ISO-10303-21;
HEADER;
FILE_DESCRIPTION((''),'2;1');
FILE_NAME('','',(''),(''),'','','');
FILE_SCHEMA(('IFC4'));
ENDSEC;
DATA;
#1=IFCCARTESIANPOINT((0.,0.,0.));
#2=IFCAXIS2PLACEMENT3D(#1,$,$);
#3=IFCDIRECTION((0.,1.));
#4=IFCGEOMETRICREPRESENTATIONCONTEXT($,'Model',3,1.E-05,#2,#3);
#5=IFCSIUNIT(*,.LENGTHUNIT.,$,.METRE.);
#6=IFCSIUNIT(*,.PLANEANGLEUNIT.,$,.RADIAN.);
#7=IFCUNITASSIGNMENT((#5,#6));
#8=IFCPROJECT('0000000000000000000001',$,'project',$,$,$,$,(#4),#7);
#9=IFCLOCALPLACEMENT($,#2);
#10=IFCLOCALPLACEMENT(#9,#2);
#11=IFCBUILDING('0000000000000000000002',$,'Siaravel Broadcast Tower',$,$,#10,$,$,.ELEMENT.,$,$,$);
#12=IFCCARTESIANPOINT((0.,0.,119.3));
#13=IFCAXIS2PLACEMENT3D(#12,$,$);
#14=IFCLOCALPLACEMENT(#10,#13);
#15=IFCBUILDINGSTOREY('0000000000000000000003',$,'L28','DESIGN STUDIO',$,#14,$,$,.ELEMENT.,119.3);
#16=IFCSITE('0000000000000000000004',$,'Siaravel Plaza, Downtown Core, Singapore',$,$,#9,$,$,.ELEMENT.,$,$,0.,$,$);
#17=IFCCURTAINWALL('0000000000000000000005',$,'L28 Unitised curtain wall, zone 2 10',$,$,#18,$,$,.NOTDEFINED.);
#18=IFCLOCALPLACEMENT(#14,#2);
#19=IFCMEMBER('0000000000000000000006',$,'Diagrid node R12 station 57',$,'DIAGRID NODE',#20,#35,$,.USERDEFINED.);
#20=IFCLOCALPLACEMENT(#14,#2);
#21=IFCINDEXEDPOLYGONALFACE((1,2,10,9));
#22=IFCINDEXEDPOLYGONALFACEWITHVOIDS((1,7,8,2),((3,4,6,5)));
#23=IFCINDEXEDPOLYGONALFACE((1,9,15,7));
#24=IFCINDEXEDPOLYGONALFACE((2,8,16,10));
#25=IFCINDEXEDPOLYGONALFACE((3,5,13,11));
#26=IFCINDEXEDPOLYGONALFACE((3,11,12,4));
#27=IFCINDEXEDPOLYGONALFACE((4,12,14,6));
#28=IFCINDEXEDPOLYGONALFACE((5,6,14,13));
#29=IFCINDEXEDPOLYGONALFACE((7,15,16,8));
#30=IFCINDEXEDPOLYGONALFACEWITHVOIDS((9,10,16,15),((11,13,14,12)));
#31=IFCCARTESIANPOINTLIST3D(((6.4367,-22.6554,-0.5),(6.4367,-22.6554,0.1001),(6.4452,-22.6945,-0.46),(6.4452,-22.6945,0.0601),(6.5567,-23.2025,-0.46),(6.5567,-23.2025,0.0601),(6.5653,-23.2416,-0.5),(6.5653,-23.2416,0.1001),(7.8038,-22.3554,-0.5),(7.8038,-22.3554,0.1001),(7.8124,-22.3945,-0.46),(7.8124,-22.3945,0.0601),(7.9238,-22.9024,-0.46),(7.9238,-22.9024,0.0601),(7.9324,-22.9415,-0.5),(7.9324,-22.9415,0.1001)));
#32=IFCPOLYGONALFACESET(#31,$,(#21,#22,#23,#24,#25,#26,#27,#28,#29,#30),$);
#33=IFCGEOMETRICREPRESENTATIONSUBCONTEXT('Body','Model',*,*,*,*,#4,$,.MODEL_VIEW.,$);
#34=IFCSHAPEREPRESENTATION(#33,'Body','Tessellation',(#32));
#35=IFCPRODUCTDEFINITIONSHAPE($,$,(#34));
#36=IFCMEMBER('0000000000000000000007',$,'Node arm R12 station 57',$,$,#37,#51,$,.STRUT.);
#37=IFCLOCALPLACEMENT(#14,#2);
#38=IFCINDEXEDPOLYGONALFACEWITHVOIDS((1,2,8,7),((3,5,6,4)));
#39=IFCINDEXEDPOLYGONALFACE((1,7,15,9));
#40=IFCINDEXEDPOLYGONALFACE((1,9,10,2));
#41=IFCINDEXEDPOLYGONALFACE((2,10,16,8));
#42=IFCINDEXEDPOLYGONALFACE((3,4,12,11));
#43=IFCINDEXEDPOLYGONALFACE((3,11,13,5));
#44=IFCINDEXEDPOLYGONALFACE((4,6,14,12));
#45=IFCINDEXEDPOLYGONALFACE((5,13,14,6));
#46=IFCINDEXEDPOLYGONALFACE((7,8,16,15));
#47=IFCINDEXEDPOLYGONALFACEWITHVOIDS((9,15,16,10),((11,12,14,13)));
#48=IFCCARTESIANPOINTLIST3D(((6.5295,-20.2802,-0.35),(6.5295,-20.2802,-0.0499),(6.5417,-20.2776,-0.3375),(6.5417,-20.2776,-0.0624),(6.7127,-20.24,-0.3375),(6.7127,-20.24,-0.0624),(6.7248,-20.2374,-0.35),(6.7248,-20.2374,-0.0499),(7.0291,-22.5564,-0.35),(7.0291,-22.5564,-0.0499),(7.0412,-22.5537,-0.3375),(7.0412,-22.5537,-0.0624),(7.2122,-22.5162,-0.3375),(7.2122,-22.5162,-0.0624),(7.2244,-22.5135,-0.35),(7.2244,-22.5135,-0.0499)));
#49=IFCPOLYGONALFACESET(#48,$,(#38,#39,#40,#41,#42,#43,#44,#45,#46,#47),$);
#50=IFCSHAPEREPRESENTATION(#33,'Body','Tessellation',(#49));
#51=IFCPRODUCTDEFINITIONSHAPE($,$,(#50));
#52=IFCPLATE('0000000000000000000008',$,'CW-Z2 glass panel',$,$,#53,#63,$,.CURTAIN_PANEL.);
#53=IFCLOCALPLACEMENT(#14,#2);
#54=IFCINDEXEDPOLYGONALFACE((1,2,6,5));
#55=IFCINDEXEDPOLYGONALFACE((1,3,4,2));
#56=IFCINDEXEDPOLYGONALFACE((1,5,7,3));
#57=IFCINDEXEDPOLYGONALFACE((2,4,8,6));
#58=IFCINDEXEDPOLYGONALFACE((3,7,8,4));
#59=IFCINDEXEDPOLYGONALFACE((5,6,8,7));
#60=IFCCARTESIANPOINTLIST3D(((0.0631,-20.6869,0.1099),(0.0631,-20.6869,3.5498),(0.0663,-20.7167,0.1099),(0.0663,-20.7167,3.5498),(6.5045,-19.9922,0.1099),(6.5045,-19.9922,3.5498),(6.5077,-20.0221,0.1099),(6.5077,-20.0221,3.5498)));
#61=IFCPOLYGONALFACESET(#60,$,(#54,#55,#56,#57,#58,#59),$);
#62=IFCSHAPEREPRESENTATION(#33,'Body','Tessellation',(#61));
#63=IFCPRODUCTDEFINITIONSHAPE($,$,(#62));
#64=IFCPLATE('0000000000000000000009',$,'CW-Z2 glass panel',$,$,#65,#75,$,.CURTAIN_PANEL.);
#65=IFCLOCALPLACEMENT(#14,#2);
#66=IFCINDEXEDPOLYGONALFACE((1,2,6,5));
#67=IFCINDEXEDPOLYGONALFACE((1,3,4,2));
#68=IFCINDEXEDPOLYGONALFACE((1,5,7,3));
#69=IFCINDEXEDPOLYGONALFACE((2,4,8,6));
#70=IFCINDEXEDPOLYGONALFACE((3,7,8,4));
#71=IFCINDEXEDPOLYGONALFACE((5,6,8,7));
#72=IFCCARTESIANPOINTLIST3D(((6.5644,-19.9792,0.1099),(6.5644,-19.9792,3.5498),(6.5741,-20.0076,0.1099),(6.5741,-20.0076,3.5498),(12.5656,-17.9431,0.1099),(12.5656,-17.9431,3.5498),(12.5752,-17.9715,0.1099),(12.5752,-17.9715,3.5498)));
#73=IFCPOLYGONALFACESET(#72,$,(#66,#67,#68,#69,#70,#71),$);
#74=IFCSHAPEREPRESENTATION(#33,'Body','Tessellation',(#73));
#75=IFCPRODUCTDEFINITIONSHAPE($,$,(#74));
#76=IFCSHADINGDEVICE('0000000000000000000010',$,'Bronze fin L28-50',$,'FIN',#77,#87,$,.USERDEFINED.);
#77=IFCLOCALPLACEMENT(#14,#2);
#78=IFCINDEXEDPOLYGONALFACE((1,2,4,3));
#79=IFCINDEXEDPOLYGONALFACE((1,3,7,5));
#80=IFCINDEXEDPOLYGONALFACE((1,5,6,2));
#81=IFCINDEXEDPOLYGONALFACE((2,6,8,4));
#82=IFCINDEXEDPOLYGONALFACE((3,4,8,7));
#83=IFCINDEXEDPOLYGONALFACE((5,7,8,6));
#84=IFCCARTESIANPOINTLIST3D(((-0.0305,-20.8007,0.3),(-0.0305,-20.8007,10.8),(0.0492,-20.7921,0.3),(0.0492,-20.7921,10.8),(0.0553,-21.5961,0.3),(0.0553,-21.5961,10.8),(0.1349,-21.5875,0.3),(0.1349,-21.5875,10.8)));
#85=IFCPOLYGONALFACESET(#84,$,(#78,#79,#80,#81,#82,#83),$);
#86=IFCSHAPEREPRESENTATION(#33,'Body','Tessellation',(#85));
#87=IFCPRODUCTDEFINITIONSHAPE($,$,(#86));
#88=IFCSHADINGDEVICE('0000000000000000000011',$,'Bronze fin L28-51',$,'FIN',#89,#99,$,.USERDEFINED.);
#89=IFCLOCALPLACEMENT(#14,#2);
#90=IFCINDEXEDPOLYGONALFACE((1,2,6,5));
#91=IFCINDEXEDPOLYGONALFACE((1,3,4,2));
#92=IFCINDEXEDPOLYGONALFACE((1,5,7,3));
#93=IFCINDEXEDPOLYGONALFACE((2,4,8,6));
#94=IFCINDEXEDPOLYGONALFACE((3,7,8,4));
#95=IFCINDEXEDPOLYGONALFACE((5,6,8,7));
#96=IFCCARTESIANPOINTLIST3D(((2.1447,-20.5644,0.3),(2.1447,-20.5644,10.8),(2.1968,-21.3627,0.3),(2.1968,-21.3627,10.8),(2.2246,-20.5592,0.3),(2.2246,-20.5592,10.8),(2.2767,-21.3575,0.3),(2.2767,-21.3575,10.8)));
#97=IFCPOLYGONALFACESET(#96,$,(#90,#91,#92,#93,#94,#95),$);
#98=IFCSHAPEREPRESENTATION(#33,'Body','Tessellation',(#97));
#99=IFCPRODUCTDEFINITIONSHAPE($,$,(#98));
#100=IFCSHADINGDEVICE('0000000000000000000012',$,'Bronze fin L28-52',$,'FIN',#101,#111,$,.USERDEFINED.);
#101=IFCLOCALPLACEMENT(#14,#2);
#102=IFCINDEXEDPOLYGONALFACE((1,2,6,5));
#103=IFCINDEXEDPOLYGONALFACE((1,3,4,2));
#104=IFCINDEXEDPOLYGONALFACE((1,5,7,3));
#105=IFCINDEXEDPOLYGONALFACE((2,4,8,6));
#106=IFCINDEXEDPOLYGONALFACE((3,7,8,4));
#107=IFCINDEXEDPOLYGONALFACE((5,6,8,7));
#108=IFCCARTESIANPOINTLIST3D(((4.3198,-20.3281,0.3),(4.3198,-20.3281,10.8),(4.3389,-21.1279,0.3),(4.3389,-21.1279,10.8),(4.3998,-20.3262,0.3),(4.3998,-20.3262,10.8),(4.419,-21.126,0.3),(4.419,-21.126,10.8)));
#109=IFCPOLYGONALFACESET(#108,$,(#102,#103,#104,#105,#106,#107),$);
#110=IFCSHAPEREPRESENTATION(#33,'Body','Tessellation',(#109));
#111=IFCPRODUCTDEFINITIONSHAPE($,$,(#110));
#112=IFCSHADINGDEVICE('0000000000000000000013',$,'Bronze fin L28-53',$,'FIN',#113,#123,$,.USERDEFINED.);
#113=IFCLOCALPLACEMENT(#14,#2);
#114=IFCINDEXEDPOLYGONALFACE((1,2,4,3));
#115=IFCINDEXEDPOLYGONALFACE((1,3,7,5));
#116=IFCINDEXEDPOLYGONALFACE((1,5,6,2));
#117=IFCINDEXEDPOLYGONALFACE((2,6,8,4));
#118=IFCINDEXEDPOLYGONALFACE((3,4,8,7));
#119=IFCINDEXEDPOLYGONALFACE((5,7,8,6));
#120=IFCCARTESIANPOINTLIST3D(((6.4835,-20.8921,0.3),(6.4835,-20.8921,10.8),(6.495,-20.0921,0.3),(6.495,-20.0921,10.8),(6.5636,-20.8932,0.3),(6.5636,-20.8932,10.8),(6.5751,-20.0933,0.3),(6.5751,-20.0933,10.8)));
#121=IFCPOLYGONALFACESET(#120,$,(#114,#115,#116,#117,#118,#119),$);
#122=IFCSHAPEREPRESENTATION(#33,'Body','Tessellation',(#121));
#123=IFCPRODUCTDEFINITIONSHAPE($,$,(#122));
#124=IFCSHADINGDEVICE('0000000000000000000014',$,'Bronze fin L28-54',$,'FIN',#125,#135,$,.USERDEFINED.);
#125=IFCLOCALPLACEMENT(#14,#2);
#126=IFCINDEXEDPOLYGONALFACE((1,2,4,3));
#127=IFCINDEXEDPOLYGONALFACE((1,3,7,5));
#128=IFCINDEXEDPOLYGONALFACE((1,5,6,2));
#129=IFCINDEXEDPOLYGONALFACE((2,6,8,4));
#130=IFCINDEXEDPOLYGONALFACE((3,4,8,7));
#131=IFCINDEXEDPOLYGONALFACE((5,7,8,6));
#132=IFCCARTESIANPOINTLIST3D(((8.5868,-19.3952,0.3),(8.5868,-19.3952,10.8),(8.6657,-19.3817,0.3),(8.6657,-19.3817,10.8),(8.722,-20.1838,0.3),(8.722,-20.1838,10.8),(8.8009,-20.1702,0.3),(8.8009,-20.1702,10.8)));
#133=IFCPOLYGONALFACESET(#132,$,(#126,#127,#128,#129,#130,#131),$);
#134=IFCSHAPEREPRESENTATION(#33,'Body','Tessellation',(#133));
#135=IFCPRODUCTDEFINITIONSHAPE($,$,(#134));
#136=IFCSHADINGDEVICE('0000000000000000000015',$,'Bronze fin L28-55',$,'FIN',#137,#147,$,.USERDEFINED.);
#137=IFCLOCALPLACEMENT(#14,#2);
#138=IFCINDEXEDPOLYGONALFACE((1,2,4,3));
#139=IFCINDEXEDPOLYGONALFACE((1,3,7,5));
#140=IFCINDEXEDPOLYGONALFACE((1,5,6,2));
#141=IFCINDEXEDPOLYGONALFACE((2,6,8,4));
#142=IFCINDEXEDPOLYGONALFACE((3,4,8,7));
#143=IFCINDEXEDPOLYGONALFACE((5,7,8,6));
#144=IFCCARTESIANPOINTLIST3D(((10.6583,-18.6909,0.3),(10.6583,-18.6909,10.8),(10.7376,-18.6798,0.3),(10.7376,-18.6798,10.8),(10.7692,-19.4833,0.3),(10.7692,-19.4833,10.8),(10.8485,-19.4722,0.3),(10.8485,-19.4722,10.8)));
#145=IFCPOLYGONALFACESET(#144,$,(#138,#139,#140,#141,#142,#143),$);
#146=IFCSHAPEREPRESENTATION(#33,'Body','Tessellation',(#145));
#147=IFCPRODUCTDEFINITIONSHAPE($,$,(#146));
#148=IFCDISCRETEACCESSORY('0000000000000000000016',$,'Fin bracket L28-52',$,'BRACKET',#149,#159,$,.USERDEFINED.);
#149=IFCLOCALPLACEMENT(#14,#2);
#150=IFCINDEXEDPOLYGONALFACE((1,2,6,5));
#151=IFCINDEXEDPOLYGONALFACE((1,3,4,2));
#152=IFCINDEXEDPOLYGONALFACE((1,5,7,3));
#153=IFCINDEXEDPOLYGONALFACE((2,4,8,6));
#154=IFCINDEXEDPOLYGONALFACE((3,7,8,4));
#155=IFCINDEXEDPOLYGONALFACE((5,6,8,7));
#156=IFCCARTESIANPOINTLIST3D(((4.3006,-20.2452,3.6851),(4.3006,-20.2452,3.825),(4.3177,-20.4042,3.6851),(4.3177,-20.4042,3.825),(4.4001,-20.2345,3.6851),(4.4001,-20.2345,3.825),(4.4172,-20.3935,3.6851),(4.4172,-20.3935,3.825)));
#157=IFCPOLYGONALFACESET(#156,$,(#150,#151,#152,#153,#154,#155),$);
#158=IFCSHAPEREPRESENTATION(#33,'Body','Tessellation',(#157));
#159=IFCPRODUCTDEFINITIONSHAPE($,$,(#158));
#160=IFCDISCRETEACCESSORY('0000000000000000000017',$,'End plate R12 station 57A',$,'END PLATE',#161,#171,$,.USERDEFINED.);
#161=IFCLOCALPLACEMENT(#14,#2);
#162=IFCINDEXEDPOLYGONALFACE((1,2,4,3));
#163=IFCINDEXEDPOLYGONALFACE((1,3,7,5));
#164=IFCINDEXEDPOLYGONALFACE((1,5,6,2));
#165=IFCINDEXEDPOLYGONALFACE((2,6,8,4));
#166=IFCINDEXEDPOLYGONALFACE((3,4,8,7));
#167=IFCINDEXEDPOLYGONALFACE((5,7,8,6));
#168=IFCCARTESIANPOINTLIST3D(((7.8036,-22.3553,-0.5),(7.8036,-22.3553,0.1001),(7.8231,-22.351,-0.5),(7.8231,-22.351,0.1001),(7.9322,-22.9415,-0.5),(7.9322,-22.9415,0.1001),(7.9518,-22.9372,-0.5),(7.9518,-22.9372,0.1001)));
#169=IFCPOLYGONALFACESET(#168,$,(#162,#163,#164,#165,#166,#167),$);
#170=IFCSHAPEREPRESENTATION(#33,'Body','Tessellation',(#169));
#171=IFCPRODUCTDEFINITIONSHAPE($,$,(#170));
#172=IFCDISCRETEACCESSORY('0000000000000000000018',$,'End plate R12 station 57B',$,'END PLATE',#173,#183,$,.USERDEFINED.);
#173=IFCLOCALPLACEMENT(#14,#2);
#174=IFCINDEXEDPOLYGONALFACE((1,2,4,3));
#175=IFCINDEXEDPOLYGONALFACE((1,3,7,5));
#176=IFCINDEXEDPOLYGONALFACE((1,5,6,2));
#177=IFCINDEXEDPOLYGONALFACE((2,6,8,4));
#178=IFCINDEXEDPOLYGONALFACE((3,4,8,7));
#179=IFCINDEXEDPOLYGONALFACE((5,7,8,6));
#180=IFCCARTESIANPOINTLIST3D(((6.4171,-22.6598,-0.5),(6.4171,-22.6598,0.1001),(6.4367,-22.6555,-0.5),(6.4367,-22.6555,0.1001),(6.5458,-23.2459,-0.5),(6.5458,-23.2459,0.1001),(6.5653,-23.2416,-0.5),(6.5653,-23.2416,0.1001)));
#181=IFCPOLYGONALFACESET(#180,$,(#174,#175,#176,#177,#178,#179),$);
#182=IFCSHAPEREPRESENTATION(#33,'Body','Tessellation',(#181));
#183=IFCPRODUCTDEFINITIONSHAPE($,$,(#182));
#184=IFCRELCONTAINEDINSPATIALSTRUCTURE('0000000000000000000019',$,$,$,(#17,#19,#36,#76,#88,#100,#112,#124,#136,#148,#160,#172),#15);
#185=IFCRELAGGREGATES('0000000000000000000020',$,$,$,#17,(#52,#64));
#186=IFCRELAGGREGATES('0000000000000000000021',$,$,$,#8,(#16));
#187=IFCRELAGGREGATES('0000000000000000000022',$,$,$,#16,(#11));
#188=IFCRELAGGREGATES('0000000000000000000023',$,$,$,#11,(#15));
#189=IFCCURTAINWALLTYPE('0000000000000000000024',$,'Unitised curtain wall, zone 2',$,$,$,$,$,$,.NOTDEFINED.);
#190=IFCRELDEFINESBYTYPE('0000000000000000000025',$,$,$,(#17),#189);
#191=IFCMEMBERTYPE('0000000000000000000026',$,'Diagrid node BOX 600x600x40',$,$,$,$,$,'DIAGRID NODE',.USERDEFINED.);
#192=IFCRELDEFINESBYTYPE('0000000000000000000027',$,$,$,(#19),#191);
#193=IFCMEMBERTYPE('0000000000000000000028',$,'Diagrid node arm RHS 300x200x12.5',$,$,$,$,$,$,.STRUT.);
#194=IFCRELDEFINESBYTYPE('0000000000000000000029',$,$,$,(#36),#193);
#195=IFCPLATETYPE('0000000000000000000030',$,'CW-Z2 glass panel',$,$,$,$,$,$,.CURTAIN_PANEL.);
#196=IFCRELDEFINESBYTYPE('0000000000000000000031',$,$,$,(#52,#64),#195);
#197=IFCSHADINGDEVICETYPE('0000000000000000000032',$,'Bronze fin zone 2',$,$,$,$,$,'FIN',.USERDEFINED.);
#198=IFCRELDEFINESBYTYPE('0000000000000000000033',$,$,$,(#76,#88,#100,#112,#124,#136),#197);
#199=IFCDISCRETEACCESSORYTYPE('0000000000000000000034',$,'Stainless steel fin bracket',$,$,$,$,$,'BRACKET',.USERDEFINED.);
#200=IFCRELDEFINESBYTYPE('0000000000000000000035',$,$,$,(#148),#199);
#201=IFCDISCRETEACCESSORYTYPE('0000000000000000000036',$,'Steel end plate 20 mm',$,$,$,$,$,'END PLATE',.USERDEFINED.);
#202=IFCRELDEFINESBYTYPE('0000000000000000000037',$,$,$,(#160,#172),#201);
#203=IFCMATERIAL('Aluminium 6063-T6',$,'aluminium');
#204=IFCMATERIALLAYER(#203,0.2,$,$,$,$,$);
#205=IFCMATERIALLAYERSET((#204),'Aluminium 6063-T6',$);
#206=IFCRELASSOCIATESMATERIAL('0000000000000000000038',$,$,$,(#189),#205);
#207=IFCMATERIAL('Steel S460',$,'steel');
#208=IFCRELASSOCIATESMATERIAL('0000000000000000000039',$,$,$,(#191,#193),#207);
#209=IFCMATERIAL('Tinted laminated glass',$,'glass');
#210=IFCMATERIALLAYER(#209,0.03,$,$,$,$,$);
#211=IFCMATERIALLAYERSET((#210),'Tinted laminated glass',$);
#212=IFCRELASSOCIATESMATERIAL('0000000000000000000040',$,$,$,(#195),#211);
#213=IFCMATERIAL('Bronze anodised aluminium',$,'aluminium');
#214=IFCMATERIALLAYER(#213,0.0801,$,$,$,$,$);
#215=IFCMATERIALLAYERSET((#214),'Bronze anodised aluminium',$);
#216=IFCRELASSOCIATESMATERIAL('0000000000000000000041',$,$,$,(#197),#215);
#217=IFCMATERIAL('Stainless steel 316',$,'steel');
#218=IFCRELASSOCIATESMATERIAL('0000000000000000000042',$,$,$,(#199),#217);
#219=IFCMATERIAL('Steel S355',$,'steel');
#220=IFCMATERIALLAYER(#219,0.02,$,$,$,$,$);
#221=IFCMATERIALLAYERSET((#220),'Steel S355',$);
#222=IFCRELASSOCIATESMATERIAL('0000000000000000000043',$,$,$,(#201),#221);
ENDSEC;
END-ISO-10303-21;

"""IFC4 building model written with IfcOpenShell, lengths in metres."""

from ifc_helpers import new_model, si_unit, direction, frame, origin, origin_2d, place, context, subcontext, project, spatial, rectangle, hollow_rectangle, extrude, material, layer, layer_set, material_profile, profile_set, type_object, element, aggregate, save


model = new_model("IFC4")

# Units and contexts
model_context = context("Model", 3, precision=1e-05, world=origin(), true_north=direction((0.0, 1.0)))
body_context = subcontext(model_context, "Body", "Model", "MODEL_VIEW")
ifc_project = project(units=[si_unit("LENGTHUNIT", "METRE"), si_unit("PLANEANGLEUNIT", "RADIAN")], contexts=[model_context])

# Site, building, storey
site_placement = place(None, origin())
site = spatial("IfcSite", under=ifc_project, at=site_placement, Name="Siaravel Plaza, Downtown Core, Singapore", CompositionType="ELEMENT", RefElevation=0.0)
building_placement = place(site_placement, origin())
building = spatial("IfcBuilding", under=site, at=building_placement, Name="Siaravel Broadcast Tower", CompositionType="ELEMENT")
storey_placement = place(building_placement, frame((0.0, 0.0, 119.3)))
storey = spatial("IfcBuildingStorey", under=building, at=storey_placement, Name="L28", Description="DESIGN STUDIO", CompositionType="ELEMENT", Elevation=119.3)

# Shared definitions
ifc_material_1 = material(Name="Steel S355", Category="steel")

# Shared definitions
ifc_material_2 = material(Name="Aluminium 6063-T6", Category="aluminium")
ifc_layer_1 = layer(ifc_material_2, 0.2)
ifc_layer_set_1 = layer_set([ifc_layer_1], Name="Aluminium 6063-T6")
curtain_wall_type = type_object("IfcCurtainWallType", Name="Unitised curtain wall, zone 2", PredefinedType="NOTDEFINED", material=ifc_layer_set_1)

# Curtain wall
curtain_wall_1_placement = place(storey_placement, origin())
curtain_wall_1 = element("IfcCurtainWall", 1, at=curtain_wall_1_placement, inside=storey, type_object=curtain_wall_type, Name="L28 Unitised curtain wall, zone 2 10", PredefinedType="NOTDEFINED")

# Members
ifc_material_3 = material(Name="Steel S460", Category="steel")
ifc_material_profile_1 = material_profile(ifc_material_3, hollow_rectangle(XDim=0.6001, YDim=0.6001, WallThickness=0.04, at=origin_2d()))
ifc_profile_set_1 = profile_set([ifc_material_profile_1], Name="Steel S460")
member_type_1 = type_object("IfcMemberType", Name="Diagrid node BOX 600x600x40", ElementType="DIAGRID NODE", PredefinedType="USERDEFINED", material=ifc_profile_set_1)
member_1_placement = place(storey_placement, frame((6.501, -22.9485, -0.2), z_axis=(0.976754, 0.214363, 0.0), x_axis=(-0.214363, 0.976754, 0.0)))
element("IfcMember", 2, at=member_1_placement, inside=storey, type_object=member_type_1, Name="Diagrid node R12 station 57", ObjectType="DIAGRID NODE", PredefinedType="USERDEFINED", context=body_context, shape_type="SweptSolid", body=[
    extrude(hollow_rectangle(XDim=0.6001, YDim=0.6001, WallThickness=0.04, at=origin_2d()), origin(), (0.0, 0.0, 1.0), 1.3997),
])
ifc_material_profile_2 = material_profile(ifc_material_3, hollow_rectangle(XDim=0.2, YDim=0.3, WallThickness=0.0125, at=origin_2d()))
ifc_profile_set_2 = profile_set([ifc_material_profile_2], Name="Steel S460")
member_type_2 = type_object("IfcMemberType", Name="Diagrid node arm RHS 300x200x12.5", PredefinedType="STRUT", material=ifc_profile_set_2)
member_2_placement = place(storey_placement, frame((6.6272, -20.2588, -0.2), z_axis=(0.214356, -0.976756, 0.0), x_axis=(0.976756, 0.214356, 0.0)))
element("IfcMember", 3, at=member_2_placement, inside=storey, type_object=member_type_2, Name="Node arm R12 station 57", PredefinedType="STRUT", context=body_context, shape_type="SweptSolid", body=[
    extrude(hollow_rectangle(XDim=0.2, YDim=0.3, WallThickness=0.0125, at=origin_2d()), origin(), (0.0, 0.0, 1.0), 2.3303),
])

# Plates
ifc_material_4 = material(Name="Tinted laminated glass", Category="glass")
ifc_layer_2 = layer(ifc_material_4, 0.03)
ifc_layer_set_2 = layer_set([ifc_layer_2], Name="Tinted laminated glass")
plate_type = type_object("IfcPlateType", Name="CW-Z2 glass panel", PredefinedType="CURTAIN_PANEL", material=ifc_layer_set_2)
plate_1_placement = place(storey_placement, frame((3.2854, -20.3545, 0.1099), z_axis=(0.0, 0.0, 1.0), x_axis=(0.994236, 0.107217, 0.0)))
plate_1 = element("IfcPlate", 4, at=plate_1_placement, type_object=plate_type, Name="CW-Z2 glass panel", PredefinedType="CURTAIN_PANEL", context=body_context, shape_type="SweptSolid", body=[
    extrude(rectangle(XDim=6.4788, YDim=0.03, at=origin_2d()), origin(), (0.0, 0.0, 1.0), 3.4399),
])
plate_2_placement = place(storey_placement, frame((9.5698, -18.9753, 0.1099), z_axis=(0.0, 0.0, 1.0), x_axis=(0.946977, 0.321301, 0.0)))
plate_2 = element("IfcPlate", 5, at=plate_2_placement, type_object=plate_type, Name="CW-Z2 glass panel", PredefinedType="CURTAIN_PANEL", context=body_context, shape_type="SweptSolid", body=[
    extrude(rectangle(XDim=6.3372, YDim=0.03, at=origin_2d()), origin(), (0.0, 0.0, 1.0), 3.4399),
])
aggregate(curtain_wall_1, [plate_1, plate_2])

# Shading devices
ifc_material_5 = material(Name="Bronze anodised aluminium", Category="aluminium")
ifc_layer_3 = layer(ifc_material_5, 0.0801)
ifc_layer_set_3 = layer_set([ifc_layer_3], Name="Bronze anodised aluminium")
shading_device_type = type_object("IfcShadingDeviceType", Name="Bronze fin zone 2", ElementType="FIN", PredefinedType="USERDEFINED", material=ifc_layer_set_3)
for number, where, z_axis, x_axis, name in (
    (6, (0.0522, -21.1941, 0.3), (0.0, 0.0, 1.0), (0.107217, -0.994236, 0.0), "Bronze fin L28-50"),
    (7, (2.2107, -20.9609, 0.3), (0.0, 0.0, 1.0), (0.06517, -0.997874, 0.0), "Bronze fin L28-51"),
    (8, (4.3694, -20.7271, 0.3), (0.0, 0.0, 1.0), (0.02397, -0.999713, 0.0), "Bronze fin L28-52"),
    (9, (6.5293, -20.4927, 0.3), (0.0, 0.0, 1.0), (-0.014447, -0.999896, 0.0), "Bronze fin L28-53"),
    (10, (8.6938, -19.7827, 0.3), (0.0, 0.0, 1.0), (0.168949, -0.985625, 0.0), "Bronze fin L28-54"),
    (11, (10.7534, -19.0815, 0.3), (0.0, 0.0, 1.0), (0.138573, -0.990352, 0.0), "Bronze fin L28-55"),
):
    element("IfcShadingDevice", number, at=place(storey_placement, frame(where, z_axis=z_axis, x_axis=x_axis)), inside=storey, type_object=shading_device_type, Name=name, ObjectType="FIN", PredefinedType="USERDEFINED", context=body_context, shape_type="SweptSolid", body=[
        extrude(rectangle(XDim=0.8, YDim=0.0801, at=origin_2d()), origin(), (0.0, 0.0, 1.0), 10.5),
    ])

# Discrete accessories
ifc_material_6 = material(Name="Stainless steel 316", Category="steel")
discrete_accessory_type_1 = type_object("IfcDiscreteAccessoryType", Name="Stainless steel fin bracket", ElementType="BRACKET", PredefinedType="USERDEFINED", material=ifc_material_6)
discrete_accessory_placement = place(storey_placement, frame((4.3589, -20.3193, 3.6851), z_axis=(0.0, 0.0, 1.0), x_axis=(0.107217, -0.994236, 0.0)))
element("IfcDiscreteAccessory", 12, at=discrete_accessory_placement, inside=storey, type_object=discrete_accessory_type_1, Name="Fin bracket L28-52", ObjectType="BRACKET", PredefinedType="USERDEFINED", context=body_context, shape_type="SweptSolid", body=[
    extrude(rectangle(XDim=0.1599, YDim=0.1001, at=origin_2d()), origin(), (0.0, 0.0, 1.0), 0.1399),
])
ifc_layer_4 = layer(ifc_material_1, 0.02)
ifc_layer_set_4 = layer_set([ifc_layer_4], Name="Steel S355")
discrete_accessory_type_2 = type_object("IfcDiscreteAccessoryType", Name="Steel end plate 20 mm", ElementType="END PLATE", PredefinedType="USERDEFINED", material=ifc_layer_set_4)
for number, where, z_axis, x_axis, name in (
    (13, (7.8777, -22.6462, -0.5), (0.0, 0.0, 1.0), (0.976751, 0.214377, 0.0), "End plate R12 station 57A"),
    (14, (6.4912, -22.9507, -0.5), (0.0, 0.0, 1.0), (0.976751, 0.214377, 0.0), "End plate R12 station 57B"),
):
    element("IfcDiscreteAccessory", number, at=place(storey_placement, frame(where, z_axis=z_axis, x_axis=x_axis)), inside=storey, type_object=discrete_accessory_type_2, Name=name, ObjectType="END PLATE", PredefinedType="USERDEFINED", context=body_context, shape_type="SweptSolid", body=[
        extrude(rectangle(XDim=0.02, YDim=0.6001, at=origin_2d()), origin(), (0.0, 0.0, 1.0), 0.6001),
    ])

save(model, "model.ifc")
